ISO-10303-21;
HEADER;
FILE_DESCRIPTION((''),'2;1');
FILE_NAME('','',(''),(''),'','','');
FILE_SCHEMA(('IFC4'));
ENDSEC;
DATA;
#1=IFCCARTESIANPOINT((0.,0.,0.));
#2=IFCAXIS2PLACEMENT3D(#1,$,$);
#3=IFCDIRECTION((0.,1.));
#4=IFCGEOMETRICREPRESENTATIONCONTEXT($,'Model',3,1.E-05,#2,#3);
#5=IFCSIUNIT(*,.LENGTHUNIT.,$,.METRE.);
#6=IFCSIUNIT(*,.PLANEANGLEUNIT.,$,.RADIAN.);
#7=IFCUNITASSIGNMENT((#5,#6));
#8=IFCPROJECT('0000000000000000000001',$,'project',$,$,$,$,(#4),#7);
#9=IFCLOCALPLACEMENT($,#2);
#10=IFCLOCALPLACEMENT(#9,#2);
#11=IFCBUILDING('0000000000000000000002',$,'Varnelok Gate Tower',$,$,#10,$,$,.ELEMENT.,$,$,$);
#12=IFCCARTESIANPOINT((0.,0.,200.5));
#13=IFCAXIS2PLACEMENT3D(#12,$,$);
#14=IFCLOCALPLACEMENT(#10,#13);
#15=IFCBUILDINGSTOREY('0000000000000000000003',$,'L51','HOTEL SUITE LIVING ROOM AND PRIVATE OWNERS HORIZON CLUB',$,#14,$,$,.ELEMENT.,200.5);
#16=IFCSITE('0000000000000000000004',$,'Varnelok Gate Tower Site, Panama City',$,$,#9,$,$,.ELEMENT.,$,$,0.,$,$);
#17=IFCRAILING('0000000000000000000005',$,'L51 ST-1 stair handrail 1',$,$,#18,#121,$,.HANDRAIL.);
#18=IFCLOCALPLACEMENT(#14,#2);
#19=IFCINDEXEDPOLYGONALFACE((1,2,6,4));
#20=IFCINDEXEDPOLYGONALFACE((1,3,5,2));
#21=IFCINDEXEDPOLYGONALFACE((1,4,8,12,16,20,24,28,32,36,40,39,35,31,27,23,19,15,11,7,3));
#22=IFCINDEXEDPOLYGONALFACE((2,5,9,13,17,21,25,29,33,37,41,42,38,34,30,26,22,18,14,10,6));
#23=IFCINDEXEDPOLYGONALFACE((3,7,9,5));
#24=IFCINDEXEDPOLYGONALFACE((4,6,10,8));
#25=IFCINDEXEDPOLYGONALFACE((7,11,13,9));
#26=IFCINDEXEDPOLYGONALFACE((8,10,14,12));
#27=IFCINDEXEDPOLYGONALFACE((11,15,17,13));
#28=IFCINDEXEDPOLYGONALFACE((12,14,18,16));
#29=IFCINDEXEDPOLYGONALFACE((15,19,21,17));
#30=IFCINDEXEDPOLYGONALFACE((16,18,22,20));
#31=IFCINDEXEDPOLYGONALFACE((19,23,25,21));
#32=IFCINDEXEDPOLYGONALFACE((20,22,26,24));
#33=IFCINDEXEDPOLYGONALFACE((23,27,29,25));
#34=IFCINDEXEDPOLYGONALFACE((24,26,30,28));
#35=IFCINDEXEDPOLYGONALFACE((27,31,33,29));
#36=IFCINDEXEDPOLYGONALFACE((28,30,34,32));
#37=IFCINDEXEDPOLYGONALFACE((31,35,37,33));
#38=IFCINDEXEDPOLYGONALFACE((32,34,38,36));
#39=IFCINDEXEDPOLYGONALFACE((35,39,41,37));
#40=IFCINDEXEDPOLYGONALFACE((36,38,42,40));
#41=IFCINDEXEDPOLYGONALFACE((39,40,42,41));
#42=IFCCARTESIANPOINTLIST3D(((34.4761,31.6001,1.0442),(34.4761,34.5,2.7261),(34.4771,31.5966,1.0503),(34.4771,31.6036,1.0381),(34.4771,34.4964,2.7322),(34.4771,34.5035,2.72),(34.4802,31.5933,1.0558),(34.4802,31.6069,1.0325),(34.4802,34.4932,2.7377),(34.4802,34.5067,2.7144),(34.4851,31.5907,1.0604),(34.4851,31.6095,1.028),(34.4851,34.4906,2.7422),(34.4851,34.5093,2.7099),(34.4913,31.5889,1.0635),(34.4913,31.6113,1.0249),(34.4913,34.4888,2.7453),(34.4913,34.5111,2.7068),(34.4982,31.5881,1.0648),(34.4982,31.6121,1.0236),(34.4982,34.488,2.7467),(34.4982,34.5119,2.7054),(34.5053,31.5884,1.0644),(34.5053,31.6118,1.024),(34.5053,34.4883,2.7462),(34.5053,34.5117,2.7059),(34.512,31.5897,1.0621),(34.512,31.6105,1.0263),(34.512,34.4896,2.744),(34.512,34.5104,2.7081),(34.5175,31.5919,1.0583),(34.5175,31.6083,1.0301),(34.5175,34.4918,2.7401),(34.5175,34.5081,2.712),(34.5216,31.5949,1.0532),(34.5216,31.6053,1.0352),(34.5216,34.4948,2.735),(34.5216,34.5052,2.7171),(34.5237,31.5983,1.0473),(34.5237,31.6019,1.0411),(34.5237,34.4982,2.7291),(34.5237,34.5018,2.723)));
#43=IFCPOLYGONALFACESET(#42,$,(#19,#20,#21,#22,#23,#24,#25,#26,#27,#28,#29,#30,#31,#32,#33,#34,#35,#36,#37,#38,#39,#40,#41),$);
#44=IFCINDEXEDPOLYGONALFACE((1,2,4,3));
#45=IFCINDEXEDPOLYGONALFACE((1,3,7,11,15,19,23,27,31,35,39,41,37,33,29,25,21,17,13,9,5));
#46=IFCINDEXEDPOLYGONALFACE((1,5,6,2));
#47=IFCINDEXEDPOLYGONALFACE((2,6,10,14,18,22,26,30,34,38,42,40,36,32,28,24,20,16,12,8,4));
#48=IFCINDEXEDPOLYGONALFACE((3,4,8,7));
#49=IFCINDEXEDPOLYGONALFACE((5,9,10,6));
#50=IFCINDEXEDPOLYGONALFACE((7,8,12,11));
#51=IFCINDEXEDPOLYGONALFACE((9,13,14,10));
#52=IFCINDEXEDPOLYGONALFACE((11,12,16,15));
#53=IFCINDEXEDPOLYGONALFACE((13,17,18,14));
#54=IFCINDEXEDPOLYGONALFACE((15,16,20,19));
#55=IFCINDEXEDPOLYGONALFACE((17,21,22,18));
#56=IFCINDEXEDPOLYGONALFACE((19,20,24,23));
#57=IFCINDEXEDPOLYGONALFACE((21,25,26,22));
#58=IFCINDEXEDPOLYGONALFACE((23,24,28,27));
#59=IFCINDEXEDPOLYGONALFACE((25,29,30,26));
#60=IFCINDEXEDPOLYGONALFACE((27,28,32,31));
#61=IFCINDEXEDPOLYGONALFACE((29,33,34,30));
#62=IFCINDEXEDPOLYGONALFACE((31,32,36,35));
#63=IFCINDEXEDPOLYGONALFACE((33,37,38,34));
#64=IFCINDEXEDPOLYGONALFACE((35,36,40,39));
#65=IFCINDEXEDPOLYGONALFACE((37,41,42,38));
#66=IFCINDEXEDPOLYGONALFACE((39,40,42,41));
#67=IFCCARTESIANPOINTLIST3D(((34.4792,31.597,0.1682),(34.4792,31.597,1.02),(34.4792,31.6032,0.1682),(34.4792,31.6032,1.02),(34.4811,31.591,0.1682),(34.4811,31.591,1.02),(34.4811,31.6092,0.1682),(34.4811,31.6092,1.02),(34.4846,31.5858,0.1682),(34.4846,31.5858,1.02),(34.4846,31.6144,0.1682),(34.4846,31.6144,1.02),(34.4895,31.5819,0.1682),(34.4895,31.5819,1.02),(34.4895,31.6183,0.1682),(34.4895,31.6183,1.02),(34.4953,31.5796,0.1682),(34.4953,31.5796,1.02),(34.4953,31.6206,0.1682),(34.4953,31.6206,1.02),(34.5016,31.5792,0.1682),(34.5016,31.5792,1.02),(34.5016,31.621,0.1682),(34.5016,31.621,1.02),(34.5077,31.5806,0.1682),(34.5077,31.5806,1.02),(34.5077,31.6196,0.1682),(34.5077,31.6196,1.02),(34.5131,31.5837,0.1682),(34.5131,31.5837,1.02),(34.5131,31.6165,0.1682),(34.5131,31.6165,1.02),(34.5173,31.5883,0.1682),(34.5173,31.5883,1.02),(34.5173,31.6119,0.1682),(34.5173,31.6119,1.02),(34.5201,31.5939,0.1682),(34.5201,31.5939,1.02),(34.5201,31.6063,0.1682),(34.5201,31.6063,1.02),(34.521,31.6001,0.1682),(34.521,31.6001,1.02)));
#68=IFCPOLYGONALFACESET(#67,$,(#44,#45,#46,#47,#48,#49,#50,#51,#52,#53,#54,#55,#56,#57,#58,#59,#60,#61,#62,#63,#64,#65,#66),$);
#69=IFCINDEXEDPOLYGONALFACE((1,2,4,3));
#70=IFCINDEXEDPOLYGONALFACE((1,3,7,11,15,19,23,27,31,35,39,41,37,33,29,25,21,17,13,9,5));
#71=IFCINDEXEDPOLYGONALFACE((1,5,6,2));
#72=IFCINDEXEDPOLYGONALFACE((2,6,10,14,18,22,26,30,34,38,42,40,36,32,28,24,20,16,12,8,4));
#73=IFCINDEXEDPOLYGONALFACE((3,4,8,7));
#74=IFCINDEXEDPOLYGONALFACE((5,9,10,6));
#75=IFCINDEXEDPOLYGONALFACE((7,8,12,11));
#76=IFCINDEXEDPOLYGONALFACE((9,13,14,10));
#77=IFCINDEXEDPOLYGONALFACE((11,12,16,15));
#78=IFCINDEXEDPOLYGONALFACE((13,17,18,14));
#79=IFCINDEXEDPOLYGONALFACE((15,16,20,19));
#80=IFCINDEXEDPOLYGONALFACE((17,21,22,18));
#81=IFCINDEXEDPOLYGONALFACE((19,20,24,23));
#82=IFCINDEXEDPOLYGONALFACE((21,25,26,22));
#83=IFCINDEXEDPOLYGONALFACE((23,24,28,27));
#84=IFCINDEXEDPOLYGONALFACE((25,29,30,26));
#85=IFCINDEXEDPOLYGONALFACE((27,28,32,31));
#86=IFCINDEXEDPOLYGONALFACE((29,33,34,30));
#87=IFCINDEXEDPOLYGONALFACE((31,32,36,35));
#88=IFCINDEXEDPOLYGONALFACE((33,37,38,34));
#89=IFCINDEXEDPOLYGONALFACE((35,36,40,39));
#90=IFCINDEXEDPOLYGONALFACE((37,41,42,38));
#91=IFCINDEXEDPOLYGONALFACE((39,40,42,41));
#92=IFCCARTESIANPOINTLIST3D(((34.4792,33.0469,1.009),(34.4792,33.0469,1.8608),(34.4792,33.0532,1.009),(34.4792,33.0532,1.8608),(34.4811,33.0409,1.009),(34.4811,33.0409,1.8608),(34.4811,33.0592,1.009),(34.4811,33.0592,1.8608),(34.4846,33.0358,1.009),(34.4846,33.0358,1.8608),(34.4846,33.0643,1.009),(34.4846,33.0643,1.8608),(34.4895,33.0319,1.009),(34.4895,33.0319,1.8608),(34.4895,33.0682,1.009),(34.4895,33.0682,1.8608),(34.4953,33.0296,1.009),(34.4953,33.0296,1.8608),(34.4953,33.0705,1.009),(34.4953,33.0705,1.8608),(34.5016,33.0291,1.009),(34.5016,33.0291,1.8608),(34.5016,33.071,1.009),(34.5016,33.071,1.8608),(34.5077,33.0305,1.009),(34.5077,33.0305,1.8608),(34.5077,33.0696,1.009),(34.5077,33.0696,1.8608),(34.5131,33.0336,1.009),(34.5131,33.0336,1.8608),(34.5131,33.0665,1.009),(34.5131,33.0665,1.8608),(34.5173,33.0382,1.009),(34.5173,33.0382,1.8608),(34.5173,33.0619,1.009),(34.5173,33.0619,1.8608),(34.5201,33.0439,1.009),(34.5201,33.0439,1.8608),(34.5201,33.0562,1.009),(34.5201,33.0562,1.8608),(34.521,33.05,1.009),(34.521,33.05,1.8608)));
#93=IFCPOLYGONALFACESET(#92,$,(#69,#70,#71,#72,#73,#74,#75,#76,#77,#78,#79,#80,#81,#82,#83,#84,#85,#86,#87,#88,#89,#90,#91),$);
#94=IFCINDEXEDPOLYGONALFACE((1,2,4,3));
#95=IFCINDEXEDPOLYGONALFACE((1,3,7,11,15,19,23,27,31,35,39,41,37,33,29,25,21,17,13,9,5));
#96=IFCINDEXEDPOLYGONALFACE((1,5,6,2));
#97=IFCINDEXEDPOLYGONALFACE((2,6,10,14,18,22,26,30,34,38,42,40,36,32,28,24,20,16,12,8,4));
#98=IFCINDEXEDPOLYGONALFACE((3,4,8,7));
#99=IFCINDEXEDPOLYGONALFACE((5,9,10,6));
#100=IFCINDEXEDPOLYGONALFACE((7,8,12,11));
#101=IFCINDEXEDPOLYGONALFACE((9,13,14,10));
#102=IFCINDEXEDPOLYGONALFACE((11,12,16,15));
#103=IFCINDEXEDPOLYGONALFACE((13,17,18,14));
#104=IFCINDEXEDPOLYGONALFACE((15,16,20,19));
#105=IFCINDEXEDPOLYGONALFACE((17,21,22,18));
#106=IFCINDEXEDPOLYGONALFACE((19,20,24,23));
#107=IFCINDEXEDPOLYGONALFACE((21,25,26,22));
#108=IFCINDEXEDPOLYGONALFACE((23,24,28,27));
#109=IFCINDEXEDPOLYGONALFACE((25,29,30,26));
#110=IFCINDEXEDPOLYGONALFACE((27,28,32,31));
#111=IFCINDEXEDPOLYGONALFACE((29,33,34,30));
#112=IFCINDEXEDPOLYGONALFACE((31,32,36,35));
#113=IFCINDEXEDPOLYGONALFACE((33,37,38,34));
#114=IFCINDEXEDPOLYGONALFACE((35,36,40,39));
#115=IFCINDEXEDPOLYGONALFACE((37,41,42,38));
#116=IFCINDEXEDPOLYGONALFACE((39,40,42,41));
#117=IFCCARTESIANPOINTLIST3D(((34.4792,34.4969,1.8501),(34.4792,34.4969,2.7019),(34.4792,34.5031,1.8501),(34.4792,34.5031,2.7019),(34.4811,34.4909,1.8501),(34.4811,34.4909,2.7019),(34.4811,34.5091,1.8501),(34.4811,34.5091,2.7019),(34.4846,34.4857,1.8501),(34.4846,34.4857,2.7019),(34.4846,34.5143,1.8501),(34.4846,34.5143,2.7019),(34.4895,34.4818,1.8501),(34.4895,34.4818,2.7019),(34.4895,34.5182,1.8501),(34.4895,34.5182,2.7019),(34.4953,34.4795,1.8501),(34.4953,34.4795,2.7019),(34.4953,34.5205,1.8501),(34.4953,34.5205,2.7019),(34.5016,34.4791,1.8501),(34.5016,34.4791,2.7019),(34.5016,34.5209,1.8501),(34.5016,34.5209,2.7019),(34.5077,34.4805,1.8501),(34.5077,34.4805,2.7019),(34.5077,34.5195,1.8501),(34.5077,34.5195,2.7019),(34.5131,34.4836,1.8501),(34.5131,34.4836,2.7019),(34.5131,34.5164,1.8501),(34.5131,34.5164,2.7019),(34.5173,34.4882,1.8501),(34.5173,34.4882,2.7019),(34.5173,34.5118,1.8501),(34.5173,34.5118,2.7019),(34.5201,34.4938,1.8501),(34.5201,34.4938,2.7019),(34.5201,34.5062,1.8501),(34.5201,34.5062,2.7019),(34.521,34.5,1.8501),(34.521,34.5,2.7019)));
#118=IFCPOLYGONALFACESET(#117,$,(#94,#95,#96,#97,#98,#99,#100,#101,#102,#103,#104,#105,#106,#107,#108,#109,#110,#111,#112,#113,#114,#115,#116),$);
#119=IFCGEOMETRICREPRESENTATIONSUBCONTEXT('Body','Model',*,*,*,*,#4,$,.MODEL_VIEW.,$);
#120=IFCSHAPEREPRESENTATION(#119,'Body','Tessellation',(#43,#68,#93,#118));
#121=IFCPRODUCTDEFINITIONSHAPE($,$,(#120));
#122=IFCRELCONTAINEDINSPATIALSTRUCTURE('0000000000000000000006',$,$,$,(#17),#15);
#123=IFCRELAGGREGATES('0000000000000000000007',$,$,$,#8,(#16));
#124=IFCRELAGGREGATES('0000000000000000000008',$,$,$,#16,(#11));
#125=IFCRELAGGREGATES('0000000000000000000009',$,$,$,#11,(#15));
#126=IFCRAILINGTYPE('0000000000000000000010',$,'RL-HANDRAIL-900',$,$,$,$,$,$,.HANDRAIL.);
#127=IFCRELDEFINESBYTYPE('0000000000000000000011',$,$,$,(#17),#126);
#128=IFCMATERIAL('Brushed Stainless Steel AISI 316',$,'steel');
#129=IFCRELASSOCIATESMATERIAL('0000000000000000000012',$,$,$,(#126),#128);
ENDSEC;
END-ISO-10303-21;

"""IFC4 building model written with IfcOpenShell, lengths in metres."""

from ifc_helpers import new_model, si_unit, direction, frame, origin, origin_2d, place, context, subcontext, project, spatial, circle, extrude, material, type_object, element, save


model = new_model("IFC4")

# Units and contexts
model_context = context("Model", 3, precision=1e-05, world=origin(), true_north=direction((0.0, 1.0)))
body_context = subcontext(model_context, "Body", "Model", "MODEL_VIEW")
ifc_project = project(units=[si_unit("LENGTHUNIT", "METRE"), si_unit("PLANEANGLEUNIT", "RADIAN")], contexts=[model_context])

# Site, building, storey
site_placement = place(None, origin())
site = spatial("IfcSite", under=ifc_project, at=site_placement, Name="Varnelok Gate Tower Site, Panama City", CompositionType="ELEMENT", RefElevation=0.0)
building_placement = place(site_placement, origin())
building = spatial("IfcBuilding", under=site, at=building_placement, Name="Varnelok Gate Tower", CompositionType="ELEMENT")
storey_placement = place(building_placement, frame((0.0, 0.0, 200.5)))
storey = spatial("IfcBuildingStorey", under=building, at=storey_placement, Name="L51", Description="HOTEL SUITE LIVING ROOM AND PRIVATE OWNERS HORIZON CLUB", CompositionType="ELEMENT", Elevation=200.5)

# Railing
ifc_material_1 = material(Name="Brushed Stainless Steel AISI 316", Category="steel")
railing_type_1 = type_object("IfcRailingType", Name="RL-HANDRAIL-900", PredefinedType="HANDRAIL", material=ifc_material_1)
railing_1_placement = place(storey_placement, frame((34.5, 31.6001, 0.1682)))
element("IfcRailing", 1, at=railing_1_placement, inside=storey, type_object=railing_type_1, Name="L51 ST-1 stair handrail 1", PredefinedType="HANDRAIL", context=body_context, shape_type="SweptSolid", body=[
    extrude(circle(Radius=0.0239, at=origin_2d()), frame((0.0, 0.0, 0.876), z_axis=(0.0, 0.865039, 0.501705), x_axis=(-1.0, 0.0, 0.0)), (0.0, 0.0, 1.0), 3.3523),
    extrude(circle(Radius=0.021, at=origin_2d()), origin(), (0.0, 0.0, 1.0), 0.8518),
    extrude(circle(Radius=0.021, at=origin_2d()), frame((0.0, 1.45, 0.8408)), (0.0, 0.0, 1.0), 0.8518),
    extrude(circle(Radius=0.021, at=origin_2d()), frame((0.0, 2.8999, 1.6819)), (0.0, 0.0, 1.0), 0.8518),
])

save(model, "model.ifc")
